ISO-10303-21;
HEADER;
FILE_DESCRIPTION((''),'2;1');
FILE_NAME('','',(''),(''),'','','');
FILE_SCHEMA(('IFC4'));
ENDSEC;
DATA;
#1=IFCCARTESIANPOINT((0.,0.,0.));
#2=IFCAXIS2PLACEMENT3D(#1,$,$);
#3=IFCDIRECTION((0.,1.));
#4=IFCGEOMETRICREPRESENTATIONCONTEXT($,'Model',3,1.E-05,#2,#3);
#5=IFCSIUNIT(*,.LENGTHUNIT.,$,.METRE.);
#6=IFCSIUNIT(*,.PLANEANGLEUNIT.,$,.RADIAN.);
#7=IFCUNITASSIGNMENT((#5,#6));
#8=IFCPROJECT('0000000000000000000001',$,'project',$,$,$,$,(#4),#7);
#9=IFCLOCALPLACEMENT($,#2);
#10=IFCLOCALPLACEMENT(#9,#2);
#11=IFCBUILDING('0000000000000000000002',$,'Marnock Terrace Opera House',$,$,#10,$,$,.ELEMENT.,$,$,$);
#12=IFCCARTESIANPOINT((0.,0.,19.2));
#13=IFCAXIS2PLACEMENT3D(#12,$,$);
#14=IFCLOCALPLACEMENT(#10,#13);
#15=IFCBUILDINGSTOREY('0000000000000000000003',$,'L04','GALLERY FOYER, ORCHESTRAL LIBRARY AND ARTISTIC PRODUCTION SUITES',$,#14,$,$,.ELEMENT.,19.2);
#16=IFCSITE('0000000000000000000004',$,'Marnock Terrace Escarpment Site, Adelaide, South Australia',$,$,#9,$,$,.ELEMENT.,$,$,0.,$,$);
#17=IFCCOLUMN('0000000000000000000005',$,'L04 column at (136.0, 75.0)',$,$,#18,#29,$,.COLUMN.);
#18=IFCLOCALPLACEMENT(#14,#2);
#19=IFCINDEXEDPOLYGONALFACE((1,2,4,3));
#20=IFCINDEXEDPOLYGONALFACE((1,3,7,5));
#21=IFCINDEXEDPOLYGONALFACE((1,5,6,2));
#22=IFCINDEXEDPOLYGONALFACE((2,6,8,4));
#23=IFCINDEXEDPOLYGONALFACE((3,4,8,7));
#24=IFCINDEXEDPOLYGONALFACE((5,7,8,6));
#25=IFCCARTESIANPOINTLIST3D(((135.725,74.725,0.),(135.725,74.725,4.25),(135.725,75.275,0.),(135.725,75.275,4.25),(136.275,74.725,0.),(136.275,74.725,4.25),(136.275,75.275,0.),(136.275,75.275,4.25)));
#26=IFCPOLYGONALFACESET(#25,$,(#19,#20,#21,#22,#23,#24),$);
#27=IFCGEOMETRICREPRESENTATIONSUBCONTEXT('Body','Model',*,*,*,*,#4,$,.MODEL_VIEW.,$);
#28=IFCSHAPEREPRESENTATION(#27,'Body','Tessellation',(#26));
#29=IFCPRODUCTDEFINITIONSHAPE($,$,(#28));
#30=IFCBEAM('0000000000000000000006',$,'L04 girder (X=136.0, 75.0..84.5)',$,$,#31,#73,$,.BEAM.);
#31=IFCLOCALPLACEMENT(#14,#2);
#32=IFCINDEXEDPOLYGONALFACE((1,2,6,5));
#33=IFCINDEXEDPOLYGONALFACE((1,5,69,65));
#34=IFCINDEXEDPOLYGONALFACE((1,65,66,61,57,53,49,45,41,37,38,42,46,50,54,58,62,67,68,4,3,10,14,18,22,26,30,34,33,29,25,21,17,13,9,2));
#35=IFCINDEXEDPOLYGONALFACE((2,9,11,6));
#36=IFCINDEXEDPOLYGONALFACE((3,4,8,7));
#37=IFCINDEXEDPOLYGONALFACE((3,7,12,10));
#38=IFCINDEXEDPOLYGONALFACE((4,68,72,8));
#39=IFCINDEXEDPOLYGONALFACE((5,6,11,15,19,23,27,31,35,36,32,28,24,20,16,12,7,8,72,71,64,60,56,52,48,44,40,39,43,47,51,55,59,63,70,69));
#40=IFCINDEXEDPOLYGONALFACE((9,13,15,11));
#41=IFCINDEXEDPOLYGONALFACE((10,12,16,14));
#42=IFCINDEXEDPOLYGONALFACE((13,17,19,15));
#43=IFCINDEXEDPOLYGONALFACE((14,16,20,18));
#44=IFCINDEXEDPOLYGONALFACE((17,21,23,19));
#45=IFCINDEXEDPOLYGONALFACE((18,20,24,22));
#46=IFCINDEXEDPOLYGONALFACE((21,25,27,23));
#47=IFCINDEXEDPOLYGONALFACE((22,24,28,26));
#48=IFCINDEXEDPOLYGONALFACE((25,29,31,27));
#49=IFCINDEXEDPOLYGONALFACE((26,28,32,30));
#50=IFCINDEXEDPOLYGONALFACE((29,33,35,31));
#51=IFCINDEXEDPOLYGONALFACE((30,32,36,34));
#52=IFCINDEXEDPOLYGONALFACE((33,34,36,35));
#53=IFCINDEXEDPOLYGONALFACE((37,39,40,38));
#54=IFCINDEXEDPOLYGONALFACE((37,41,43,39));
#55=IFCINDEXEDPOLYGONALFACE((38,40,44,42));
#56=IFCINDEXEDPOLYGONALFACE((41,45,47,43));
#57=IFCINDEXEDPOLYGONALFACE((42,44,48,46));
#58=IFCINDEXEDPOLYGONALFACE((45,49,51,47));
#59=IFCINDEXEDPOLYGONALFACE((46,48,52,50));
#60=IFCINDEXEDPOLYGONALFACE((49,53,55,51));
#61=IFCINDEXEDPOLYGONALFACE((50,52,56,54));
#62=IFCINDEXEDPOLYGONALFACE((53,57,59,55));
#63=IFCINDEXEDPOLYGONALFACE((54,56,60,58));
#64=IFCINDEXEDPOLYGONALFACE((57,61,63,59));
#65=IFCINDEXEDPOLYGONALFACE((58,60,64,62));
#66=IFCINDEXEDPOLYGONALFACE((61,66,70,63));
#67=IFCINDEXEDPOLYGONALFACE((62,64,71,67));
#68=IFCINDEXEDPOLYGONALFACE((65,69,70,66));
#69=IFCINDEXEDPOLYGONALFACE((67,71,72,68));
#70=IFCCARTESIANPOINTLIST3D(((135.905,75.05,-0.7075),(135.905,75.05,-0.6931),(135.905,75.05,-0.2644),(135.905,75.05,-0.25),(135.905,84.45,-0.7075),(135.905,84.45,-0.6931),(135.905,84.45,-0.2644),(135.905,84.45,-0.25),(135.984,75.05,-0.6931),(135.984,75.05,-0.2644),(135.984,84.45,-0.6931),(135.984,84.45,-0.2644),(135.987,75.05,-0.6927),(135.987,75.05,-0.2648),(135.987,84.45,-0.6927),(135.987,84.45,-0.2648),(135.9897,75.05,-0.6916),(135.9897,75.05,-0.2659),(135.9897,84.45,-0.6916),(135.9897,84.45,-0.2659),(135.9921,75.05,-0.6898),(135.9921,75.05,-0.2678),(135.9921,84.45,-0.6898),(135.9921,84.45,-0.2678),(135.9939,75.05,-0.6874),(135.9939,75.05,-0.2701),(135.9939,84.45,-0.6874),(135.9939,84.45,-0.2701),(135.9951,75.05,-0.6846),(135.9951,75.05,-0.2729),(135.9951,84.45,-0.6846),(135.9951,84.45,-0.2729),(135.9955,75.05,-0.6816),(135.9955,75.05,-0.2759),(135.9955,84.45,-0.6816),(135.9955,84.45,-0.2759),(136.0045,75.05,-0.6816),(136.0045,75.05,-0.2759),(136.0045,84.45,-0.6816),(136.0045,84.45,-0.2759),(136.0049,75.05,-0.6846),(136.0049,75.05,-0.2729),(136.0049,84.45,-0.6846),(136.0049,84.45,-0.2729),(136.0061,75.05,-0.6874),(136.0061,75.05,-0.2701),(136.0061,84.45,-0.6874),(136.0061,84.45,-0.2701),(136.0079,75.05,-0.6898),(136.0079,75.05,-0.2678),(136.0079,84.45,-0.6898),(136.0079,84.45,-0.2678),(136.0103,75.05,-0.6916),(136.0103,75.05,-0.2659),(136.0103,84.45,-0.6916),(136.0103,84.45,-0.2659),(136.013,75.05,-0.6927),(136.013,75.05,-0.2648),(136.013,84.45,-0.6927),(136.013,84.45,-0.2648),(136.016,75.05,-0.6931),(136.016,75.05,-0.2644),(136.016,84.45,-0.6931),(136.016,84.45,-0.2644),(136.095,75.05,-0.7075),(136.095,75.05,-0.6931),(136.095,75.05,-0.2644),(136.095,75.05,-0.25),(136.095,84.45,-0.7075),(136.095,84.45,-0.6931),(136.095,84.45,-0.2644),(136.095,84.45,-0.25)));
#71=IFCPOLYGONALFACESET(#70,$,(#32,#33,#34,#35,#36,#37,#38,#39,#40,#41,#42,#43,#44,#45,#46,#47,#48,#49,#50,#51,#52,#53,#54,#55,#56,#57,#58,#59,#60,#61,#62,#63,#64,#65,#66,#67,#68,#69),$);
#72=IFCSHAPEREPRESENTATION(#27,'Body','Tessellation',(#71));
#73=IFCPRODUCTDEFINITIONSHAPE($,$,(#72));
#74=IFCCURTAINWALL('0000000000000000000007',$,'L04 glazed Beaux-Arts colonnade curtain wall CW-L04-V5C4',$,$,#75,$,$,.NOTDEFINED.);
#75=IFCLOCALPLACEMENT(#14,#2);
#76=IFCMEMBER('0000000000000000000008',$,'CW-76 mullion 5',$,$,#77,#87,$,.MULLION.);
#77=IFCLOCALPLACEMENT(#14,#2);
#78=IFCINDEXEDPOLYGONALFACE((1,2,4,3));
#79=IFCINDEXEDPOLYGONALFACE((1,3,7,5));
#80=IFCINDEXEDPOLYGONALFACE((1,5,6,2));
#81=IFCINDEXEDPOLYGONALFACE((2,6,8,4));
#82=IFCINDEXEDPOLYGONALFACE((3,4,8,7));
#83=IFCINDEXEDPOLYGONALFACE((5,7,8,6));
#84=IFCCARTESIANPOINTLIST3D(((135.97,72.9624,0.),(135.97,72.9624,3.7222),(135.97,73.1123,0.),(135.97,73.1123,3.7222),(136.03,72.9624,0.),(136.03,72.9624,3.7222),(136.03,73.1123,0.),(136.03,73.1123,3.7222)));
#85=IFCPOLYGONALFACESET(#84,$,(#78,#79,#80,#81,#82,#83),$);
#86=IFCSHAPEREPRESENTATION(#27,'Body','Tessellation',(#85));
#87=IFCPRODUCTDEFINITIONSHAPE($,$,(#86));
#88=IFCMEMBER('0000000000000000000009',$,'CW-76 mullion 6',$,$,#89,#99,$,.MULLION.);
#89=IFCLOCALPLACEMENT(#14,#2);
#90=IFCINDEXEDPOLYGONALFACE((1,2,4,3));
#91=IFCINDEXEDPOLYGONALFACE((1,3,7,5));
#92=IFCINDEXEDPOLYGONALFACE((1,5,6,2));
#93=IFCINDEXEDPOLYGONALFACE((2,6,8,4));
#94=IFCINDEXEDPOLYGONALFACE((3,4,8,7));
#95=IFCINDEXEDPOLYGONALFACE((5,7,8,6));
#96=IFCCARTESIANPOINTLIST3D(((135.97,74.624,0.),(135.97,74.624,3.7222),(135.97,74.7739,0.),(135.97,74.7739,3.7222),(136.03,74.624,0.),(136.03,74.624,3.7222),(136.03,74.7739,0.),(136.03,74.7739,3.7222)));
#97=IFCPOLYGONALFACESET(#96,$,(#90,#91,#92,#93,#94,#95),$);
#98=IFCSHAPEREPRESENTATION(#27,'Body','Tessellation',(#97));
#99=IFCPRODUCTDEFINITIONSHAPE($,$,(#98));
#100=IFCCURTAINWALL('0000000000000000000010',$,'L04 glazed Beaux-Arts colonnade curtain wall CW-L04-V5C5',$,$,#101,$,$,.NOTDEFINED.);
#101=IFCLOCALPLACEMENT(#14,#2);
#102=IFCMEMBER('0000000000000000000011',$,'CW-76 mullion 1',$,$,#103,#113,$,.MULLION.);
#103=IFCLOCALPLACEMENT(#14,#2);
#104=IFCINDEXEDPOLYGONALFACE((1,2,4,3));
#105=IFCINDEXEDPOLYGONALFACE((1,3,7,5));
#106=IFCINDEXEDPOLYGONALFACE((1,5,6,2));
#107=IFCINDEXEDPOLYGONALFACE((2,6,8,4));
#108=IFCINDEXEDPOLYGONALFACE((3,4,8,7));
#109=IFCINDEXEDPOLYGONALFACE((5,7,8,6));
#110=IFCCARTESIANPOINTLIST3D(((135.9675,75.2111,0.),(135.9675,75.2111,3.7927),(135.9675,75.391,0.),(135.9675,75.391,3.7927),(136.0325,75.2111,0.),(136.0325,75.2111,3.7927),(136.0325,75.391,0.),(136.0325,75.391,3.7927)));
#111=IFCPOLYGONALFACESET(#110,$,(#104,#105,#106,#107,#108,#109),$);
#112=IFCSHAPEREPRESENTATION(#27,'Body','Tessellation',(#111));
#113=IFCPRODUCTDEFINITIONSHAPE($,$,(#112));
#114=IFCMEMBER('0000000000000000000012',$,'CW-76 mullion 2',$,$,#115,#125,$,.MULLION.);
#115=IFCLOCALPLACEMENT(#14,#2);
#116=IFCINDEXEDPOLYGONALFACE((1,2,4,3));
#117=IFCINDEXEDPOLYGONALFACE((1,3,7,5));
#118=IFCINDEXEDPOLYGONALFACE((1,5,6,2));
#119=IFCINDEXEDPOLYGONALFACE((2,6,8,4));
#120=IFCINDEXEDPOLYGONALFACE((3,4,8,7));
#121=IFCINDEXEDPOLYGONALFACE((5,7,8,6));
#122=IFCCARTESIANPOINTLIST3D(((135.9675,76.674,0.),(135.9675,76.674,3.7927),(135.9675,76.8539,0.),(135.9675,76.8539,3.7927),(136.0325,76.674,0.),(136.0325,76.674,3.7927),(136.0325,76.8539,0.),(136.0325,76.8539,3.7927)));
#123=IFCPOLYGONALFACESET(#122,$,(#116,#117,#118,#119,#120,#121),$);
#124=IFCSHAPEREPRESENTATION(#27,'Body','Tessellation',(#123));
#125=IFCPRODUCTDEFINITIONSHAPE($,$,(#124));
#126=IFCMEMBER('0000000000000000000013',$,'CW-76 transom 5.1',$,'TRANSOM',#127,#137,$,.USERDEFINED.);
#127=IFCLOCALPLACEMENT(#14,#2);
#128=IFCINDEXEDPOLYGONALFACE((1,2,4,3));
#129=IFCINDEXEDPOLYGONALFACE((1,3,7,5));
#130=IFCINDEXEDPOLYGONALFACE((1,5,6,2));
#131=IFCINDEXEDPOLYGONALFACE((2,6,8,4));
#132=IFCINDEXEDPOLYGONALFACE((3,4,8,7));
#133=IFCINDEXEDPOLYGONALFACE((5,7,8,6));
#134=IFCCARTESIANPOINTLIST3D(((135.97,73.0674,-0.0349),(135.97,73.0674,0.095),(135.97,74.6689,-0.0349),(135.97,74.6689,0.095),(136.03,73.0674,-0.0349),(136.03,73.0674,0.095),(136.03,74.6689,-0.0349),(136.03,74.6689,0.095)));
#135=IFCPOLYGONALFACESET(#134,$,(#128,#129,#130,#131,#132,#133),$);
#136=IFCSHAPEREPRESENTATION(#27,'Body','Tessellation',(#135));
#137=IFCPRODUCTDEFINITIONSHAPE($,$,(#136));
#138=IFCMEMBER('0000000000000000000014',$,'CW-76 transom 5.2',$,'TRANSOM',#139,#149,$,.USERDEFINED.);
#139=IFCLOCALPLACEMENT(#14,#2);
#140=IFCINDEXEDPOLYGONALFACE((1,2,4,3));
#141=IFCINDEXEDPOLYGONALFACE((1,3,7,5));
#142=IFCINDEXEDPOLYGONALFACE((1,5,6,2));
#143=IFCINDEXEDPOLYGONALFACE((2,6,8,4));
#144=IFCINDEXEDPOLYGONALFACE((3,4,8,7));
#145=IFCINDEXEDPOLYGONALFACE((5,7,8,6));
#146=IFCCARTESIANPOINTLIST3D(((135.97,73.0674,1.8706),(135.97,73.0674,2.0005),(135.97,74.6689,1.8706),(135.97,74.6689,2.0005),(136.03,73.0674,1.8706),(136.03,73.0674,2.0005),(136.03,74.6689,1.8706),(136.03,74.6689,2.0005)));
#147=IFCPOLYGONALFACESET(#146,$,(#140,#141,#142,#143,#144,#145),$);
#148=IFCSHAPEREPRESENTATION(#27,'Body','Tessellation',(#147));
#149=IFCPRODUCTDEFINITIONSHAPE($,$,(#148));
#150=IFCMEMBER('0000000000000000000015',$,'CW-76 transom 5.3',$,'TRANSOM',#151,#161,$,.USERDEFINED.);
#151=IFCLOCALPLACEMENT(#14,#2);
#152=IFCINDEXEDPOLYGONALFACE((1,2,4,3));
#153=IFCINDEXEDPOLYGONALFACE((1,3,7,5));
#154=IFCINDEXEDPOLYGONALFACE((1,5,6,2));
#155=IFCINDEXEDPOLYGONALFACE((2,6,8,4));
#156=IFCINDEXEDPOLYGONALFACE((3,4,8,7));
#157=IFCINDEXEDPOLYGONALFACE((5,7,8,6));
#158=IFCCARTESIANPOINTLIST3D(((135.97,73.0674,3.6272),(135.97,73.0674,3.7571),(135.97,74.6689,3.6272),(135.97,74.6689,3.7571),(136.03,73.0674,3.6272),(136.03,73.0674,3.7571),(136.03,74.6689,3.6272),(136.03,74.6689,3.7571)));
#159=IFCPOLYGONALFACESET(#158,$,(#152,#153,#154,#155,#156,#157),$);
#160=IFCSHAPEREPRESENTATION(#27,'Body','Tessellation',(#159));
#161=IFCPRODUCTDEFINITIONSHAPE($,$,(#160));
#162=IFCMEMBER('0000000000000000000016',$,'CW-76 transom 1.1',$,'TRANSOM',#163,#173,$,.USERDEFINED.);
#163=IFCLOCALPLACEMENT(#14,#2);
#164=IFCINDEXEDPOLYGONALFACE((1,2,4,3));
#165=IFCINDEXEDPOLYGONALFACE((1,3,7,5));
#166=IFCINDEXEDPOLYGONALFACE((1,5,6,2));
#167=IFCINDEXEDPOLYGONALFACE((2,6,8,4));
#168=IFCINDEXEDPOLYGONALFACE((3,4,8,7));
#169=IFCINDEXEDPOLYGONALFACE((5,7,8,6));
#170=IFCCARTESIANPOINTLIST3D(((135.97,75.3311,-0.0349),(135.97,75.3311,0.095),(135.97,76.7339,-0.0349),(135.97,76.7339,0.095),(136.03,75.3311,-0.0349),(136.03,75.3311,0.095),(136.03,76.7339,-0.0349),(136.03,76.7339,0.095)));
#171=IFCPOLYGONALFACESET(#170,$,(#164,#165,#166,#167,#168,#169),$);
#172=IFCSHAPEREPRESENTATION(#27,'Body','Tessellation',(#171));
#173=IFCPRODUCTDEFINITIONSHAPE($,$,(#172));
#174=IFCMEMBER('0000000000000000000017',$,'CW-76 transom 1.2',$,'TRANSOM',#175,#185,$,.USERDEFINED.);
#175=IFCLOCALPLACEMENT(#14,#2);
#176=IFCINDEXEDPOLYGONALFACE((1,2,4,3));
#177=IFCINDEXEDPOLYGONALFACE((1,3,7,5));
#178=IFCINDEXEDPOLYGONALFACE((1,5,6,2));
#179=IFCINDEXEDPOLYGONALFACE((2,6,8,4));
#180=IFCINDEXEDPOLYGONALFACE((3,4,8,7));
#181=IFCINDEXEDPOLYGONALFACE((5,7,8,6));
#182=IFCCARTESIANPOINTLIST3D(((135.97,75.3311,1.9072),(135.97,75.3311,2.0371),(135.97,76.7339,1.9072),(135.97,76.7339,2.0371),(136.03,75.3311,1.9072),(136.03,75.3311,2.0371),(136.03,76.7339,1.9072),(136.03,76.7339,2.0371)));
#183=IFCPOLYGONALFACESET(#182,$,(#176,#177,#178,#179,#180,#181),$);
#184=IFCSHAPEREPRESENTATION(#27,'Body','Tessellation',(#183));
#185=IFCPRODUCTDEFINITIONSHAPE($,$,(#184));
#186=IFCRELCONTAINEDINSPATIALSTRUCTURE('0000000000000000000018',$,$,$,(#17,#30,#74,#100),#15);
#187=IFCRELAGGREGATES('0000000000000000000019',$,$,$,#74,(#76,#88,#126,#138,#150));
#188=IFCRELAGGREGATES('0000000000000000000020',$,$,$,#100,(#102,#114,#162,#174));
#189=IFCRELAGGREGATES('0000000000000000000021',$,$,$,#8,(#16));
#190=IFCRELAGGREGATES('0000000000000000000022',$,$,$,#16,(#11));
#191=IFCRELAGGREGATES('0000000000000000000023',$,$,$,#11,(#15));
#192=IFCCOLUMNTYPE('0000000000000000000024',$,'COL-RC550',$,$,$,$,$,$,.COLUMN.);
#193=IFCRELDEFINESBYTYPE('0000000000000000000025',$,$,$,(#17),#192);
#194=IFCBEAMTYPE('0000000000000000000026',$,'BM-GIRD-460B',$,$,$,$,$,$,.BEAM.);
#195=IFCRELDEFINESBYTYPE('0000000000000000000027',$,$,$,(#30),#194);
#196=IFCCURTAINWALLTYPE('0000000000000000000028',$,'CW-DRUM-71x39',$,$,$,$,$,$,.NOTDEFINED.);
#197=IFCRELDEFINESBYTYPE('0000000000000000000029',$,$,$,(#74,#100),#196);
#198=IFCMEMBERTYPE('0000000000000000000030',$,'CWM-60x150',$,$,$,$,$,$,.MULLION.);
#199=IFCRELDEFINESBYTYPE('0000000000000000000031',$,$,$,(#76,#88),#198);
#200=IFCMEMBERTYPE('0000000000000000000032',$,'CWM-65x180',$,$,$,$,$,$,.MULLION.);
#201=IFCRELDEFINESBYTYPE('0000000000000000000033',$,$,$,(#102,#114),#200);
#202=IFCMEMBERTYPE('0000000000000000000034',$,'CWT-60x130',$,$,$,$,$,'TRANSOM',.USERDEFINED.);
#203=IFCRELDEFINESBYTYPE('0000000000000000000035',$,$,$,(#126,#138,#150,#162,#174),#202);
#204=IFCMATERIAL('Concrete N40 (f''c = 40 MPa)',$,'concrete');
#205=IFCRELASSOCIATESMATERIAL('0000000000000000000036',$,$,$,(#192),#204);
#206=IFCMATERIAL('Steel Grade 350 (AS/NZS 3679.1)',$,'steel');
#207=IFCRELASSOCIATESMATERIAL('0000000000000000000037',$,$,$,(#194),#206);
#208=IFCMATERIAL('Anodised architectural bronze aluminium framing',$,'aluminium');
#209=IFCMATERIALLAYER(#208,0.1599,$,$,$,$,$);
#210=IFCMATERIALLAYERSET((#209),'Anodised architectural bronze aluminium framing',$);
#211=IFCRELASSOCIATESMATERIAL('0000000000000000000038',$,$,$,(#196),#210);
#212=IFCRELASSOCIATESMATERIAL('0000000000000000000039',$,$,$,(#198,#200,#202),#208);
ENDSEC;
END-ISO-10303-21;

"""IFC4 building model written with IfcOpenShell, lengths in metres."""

from ifc_helpers import new_model, si_unit, direction, frame, origin, origin_2d, place, context, subcontext, project, spatial, rectangle, i_section, extrude, material, layer, layer_set, material_profile, profile_set, type_object, element, aggregate, save


model = new_model("IFC4")

# Units and contexts
model_context = context("Model", 3, precision=1e-05, world=origin(), true_north=direction((0.0, 1.0)))
body_context = subcontext(model_context, "Body", "Model", "MODEL_VIEW")
ifc_project = project(units=[si_unit("LENGTHUNIT", "METRE"), si_unit("PLANEANGLEUNIT", "RADIAN")], contexts=[model_context])

# Site, building, storey
site_placement = place(None, origin())
site = spatial("IfcSite", under=ifc_project, at=site_placement, Name="Marnock Terrace Escarpment Site, Adelaide, South Australia", CompositionType="ELEMENT", RefElevation=0.0)
building_placement = place(site_placement, origin())
building = spatial("IfcBuilding", under=site, at=building_placement, Name="Marnock Terrace Opera House", CompositionType="ELEMENT")
storey_placement = place(building_placement, frame((0.0, 0.0, 19.2)))
storey = spatial("IfcBuildingStorey", under=building, at=storey_placement, Name="L04", Description="GALLERY FOYER, ORCHESTRAL LIBRARY AND ARTISTIC PRODUCTION SUITES", CompositionType="ELEMENT", Elevation=19.2)

# Column
ifc_material_1 = material(Name="Concrete N40 (f'c = 40 MPa)", Category="concrete")
ifc_material_profile_1 = material_profile(ifc_material_1, rectangle(XDim=0.55, YDim=0.55, at=origin_2d()))
ifc_profile_set_1 = profile_set([ifc_material_profile_1], Name="Concrete N40 (f'c = 40 MPa)")
column_type = type_object("IfcColumnType", Name="COL-RC550", PredefinedType="COLUMN", material=ifc_profile_set_1)
column_placement = place(storey_placement, frame((136.0, 75.0, 0.0), z_axis=(0.0, 0.0, 1.0), x_axis=(1.0, 0.0, 0.0)))
element("IfcColumn", 1, at=column_placement, inside=storey, type_object=column_type, Name="L04 column at (136.0, 75.0)", PredefinedType="COLUMN", context=body_context, shape_type="SweptSolid", body=[
    extrude(rectangle(XDim=0.55, YDim=0.55, at=origin_2d()), origin(), (0.0, 0.0, 1.0), 4.25),
])

# Beam
ifc_material_2 = material(Name="Steel Grade 350 (AS/NZS 3679.1)", Category="steel")
ifc_material_profile_2 = material_profile(ifc_material_2, i_section(OverallWidth=0.1899, OverallDepth=0.4575, WebThickness=0.009, FlangeThickness=0.0144, FilletRadius=0.0115, at=origin_2d()))
ifc_profile_set_2 = profile_set([ifc_material_profile_2], Name="Steel Grade 350 (AS/NZS 3679.1)")
beam_type = type_object("IfcBeamType", Name="BM-GIRD-460B", PredefinedType="BEAM", material=ifc_profile_set_2)
beam_placement = place(storey_placement, frame((136.0, 75.05, -0.4788), z_axis=(0.0, 1.0, 0.0), x_axis=(-1.0, 0.0, 0.0)))
element("IfcBeam", 2, at=beam_placement, inside=storey, type_object=beam_type, Name="L04 girder (X=136.0, 75.0..84.5)", PredefinedType="BEAM", context=body_context, shape_type="SweptSolid", body=[
    extrude(i_section(OverallWidth=0.1899, OverallDepth=0.4575, WebThickness=0.009, FlangeThickness=0.0144, FilletRadius=0.0115, at=origin_2d()), origin(), (0.0, 0.0, 1.0), 9.3999),
])

# Curtain walls, members
ifc_material_3 = material(Name="Anodised architectural bronze aluminium framing", Category="aluminium")
ifc_layer_1 = layer(ifc_material_3, 0.1599)
ifc_layer_set_1 = layer_set([ifc_layer_1], Name="Anodised architectural bronze aluminium framing")
curtain_wall_type = type_object("IfcCurtainWallType", Name="CW-DRUM-71x39", PredefinedType="NOTDEFINED", material=ifc_layer_set_1)
curtain_wall_1_placement = place(storey_placement, origin())
curtain_wall_1 = element("IfcCurtainWall", 3, at=curtain_wall_1_placement, inside=storey, type_object=curtain_wall_type, Name="L04 glazed Beaux-Arts colonnade curtain wall CW-L04-V5C4", PredefinedType="NOTDEFINED")
ifc_material_profile_3 = material_profile(ifc_material_3, rectangle(XDim=0.0601, YDim=0.1499, at=origin_2d()))
ifc_profile_set_3 = profile_set([ifc_material_profile_3], Name="Anodised architectural bronze aluminium framing")
member_type_1 = type_object("IfcMemberType", Name="CWM-60x150", PredefinedType="MULLION", material=ifc_profile_set_3)
member_1_placement = place(storey_placement, frame((136.0, 73.0374, 0.0), z_axis=(0.0, 0.0, 1.0), x_axis=(-1.0, 0.0, 0.0)))
member_1 = element("IfcMember", 4, at=member_1_placement, type_object=member_type_1, Name="CW-76 mullion 5", PredefinedType="MULLION", context=body_context, shape_type="SweptSolid", body=[
    extrude(rectangle(XDim=0.0601, YDim=0.1499, at=origin_2d()), origin(), (0.0, 0.0, 1.0), 3.7222),
])
member_2_placement = place(storey_placement, frame((136.0, 74.699, 0.0), z_axis=(0.0, 0.0, 1.0), x_axis=(-1.0, 0.0, 0.0)))
member_2 = element("IfcMember", 5, at=member_2_placement, type_object=member_type_1, Name="CW-76 mullion 6", PredefinedType="MULLION", context=body_context, shape_type="SweptSolid", body=[
    extrude(rectangle(XDim=0.0601, YDim=0.1499, at=origin_2d()), origin(), (0.0, 0.0, 1.0), 3.7222),
])
curtain_wall_2_placement = place(storey_placement, origin())
curtain_wall_2 = element("IfcCurtainWall", 6, at=curtain_wall_2_placement, inside=storey, type_object=curtain_wall_type, Name="L04 glazed Beaux-Arts colonnade curtain wall CW-L04-V5C5", PredefinedType="NOTDEFINED")
ifc_material_profile_4 = material_profile(ifc_material_3, rectangle(XDim=0.0649, YDim=0.1799, at=origin_2d()))
ifc_profile_set_4 = profile_set([ifc_material_profile_4], Name="Anodised architectural bronze aluminium framing")
member_type_2 = type_object("IfcMemberType", Name="CWM-65x180", PredefinedType="MULLION", material=ifc_profile_set_4)
member_3_placement = place(storey_placement, frame((136.0, 75.301, 0.0), z_axis=(0.0, 0.0, 1.0), x_axis=(-1.0, 0.0, 0.0)))
member_3 = element("IfcMember", 7, at=member_3_placement, type_object=member_type_2, Name="CW-76 mullion 1", PredefinedType="MULLION", context=body_context, shape_type="SweptSolid", body=[
    extrude(rectangle(XDim=0.0649, YDim=0.1799, at=origin_2d()), origin(), (0.0, 0.0, 1.0), 3.7927),
])
member_4_placement = place(storey_placement, frame((136.0, 76.7639, 0.0), z_axis=(0.0, 0.0, 1.0), x_axis=(-1.0, 0.0, 0.0)))
member_4 = element("IfcMember", 8, at=member_4_placement, type_object=member_type_2, Name="CW-76 mullion 2", PredefinedType="MULLION", context=body_context, shape_type="SweptSolid", body=[
    extrude(rectangle(XDim=0.0649, YDim=0.1799, at=origin_2d()), origin(), (0.0, 0.0, 1.0), 3.7927),
])

# Members
ifc_material_profile_5 = material_profile(ifc_material_3, rectangle(XDim=0.0601, YDim=0.1299, at=origin_2d()))
ifc_profile_set_5 = profile_set([ifc_material_profile_5], Name="Anodised architectural bronze aluminium framing")
member_type_3 = type_object("IfcMemberType", Name="CWT-60x130", ElementType="TRANSOM", PredefinedType="USERDEFINED", material=ifc_profile_set_5)
member_5_placement = place(storey_placement, frame((136.0, 73.0674, 0.03), z_axis=(0.0, 1.0, 0.0), x_axis=(-1.0, 0.0, 0.0)))
member_5 = element("IfcMember", 9, at=member_5_placement, type_object=member_type_3, Name="CW-76 transom 5.1", ObjectType="TRANSOM", PredefinedType="USERDEFINED", context=body_context, shape_type="SweptSolid", body=[
    extrude(rectangle(XDim=0.0601, YDim=0.1299, at=origin_2d()), origin(), (0.0, 0.0, 1.0), 1.6016),
])
member_6_placement = place(storey_placement, frame((136.0, 73.0674, 1.9355), z_axis=(0.0, 1.0, 0.0), x_axis=(-1.0, 0.0, 0.0)))
member_6 = element("IfcMember", 10, at=member_6_placement, type_object=member_type_3, Name="CW-76 transom 5.2", ObjectType="TRANSOM", PredefinedType="USERDEFINED", context=body_context, shape_type="SweptSolid", body=[
    extrude(rectangle(XDim=0.0601, YDim=0.1299, at=origin_2d()), origin(), (0.0, 0.0, 1.0), 1.6016),
])
member_7_placement = place(storey_placement, frame((136.0, 73.0674, 3.6921), z_axis=(0.0, 1.0, 0.0), x_axis=(-1.0, 0.0, 0.0)))
member_7 = element("IfcMember", 11, at=member_7_placement, type_object=member_type_3, Name="CW-76 transom 5.3", ObjectType="TRANSOM", PredefinedType="USERDEFINED", context=body_context, shape_type="SweptSolid", body=[
    extrude(rectangle(XDim=0.0601, YDim=0.1299, at=origin_2d()), origin(), (0.0, 0.0, 1.0), 1.6016),
])
member_8_placement = place(storey_placement, frame((136.0, 75.3311, 0.03), z_axis=(0.0, 1.0, 0.0), x_axis=(-1.0, 0.0, 0.0)))
member_8 = element("IfcMember", 12, at=member_8_placement, type_object=member_type_3, Name="CW-76 transom 1.1", ObjectType="TRANSOM", PredefinedType="USERDEFINED", context=body_context, shape_type="SweptSolid", body=[
    extrude(rectangle(XDim=0.0601, YDim=0.1299, at=origin_2d()), origin(), (0.0, 0.0, 1.0), 1.4028),
])
member_9_placement = place(storey_placement, frame((136.0, 75.3311, 1.9722), z_axis=(0.0, 1.0, 0.0), x_axis=(-1.0, 0.0, 0.0)))
member_9 = element("IfcMember", 13, at=member_9_placement, type_object=member_type_3, Name="CW-76 transom 1.2", ObjectType="TRANSOM", PredefinedType="USERDEFINED", context=body_context, shape_type="SweptSolid", body=[
    extrude(rectangle(XDim=0.0601, YDim=0.1299, at=origin_2d()), origin(), (0.0, 0.0, 1.0), 1.4028),
])

aggregate(curtain_wall_1, [member_1, member_2, member_5, member_6, member_7])
aggregate(curtain_wall_2, [member_3, member_4, member_8, member_9])

save(model, "model.ifc")
